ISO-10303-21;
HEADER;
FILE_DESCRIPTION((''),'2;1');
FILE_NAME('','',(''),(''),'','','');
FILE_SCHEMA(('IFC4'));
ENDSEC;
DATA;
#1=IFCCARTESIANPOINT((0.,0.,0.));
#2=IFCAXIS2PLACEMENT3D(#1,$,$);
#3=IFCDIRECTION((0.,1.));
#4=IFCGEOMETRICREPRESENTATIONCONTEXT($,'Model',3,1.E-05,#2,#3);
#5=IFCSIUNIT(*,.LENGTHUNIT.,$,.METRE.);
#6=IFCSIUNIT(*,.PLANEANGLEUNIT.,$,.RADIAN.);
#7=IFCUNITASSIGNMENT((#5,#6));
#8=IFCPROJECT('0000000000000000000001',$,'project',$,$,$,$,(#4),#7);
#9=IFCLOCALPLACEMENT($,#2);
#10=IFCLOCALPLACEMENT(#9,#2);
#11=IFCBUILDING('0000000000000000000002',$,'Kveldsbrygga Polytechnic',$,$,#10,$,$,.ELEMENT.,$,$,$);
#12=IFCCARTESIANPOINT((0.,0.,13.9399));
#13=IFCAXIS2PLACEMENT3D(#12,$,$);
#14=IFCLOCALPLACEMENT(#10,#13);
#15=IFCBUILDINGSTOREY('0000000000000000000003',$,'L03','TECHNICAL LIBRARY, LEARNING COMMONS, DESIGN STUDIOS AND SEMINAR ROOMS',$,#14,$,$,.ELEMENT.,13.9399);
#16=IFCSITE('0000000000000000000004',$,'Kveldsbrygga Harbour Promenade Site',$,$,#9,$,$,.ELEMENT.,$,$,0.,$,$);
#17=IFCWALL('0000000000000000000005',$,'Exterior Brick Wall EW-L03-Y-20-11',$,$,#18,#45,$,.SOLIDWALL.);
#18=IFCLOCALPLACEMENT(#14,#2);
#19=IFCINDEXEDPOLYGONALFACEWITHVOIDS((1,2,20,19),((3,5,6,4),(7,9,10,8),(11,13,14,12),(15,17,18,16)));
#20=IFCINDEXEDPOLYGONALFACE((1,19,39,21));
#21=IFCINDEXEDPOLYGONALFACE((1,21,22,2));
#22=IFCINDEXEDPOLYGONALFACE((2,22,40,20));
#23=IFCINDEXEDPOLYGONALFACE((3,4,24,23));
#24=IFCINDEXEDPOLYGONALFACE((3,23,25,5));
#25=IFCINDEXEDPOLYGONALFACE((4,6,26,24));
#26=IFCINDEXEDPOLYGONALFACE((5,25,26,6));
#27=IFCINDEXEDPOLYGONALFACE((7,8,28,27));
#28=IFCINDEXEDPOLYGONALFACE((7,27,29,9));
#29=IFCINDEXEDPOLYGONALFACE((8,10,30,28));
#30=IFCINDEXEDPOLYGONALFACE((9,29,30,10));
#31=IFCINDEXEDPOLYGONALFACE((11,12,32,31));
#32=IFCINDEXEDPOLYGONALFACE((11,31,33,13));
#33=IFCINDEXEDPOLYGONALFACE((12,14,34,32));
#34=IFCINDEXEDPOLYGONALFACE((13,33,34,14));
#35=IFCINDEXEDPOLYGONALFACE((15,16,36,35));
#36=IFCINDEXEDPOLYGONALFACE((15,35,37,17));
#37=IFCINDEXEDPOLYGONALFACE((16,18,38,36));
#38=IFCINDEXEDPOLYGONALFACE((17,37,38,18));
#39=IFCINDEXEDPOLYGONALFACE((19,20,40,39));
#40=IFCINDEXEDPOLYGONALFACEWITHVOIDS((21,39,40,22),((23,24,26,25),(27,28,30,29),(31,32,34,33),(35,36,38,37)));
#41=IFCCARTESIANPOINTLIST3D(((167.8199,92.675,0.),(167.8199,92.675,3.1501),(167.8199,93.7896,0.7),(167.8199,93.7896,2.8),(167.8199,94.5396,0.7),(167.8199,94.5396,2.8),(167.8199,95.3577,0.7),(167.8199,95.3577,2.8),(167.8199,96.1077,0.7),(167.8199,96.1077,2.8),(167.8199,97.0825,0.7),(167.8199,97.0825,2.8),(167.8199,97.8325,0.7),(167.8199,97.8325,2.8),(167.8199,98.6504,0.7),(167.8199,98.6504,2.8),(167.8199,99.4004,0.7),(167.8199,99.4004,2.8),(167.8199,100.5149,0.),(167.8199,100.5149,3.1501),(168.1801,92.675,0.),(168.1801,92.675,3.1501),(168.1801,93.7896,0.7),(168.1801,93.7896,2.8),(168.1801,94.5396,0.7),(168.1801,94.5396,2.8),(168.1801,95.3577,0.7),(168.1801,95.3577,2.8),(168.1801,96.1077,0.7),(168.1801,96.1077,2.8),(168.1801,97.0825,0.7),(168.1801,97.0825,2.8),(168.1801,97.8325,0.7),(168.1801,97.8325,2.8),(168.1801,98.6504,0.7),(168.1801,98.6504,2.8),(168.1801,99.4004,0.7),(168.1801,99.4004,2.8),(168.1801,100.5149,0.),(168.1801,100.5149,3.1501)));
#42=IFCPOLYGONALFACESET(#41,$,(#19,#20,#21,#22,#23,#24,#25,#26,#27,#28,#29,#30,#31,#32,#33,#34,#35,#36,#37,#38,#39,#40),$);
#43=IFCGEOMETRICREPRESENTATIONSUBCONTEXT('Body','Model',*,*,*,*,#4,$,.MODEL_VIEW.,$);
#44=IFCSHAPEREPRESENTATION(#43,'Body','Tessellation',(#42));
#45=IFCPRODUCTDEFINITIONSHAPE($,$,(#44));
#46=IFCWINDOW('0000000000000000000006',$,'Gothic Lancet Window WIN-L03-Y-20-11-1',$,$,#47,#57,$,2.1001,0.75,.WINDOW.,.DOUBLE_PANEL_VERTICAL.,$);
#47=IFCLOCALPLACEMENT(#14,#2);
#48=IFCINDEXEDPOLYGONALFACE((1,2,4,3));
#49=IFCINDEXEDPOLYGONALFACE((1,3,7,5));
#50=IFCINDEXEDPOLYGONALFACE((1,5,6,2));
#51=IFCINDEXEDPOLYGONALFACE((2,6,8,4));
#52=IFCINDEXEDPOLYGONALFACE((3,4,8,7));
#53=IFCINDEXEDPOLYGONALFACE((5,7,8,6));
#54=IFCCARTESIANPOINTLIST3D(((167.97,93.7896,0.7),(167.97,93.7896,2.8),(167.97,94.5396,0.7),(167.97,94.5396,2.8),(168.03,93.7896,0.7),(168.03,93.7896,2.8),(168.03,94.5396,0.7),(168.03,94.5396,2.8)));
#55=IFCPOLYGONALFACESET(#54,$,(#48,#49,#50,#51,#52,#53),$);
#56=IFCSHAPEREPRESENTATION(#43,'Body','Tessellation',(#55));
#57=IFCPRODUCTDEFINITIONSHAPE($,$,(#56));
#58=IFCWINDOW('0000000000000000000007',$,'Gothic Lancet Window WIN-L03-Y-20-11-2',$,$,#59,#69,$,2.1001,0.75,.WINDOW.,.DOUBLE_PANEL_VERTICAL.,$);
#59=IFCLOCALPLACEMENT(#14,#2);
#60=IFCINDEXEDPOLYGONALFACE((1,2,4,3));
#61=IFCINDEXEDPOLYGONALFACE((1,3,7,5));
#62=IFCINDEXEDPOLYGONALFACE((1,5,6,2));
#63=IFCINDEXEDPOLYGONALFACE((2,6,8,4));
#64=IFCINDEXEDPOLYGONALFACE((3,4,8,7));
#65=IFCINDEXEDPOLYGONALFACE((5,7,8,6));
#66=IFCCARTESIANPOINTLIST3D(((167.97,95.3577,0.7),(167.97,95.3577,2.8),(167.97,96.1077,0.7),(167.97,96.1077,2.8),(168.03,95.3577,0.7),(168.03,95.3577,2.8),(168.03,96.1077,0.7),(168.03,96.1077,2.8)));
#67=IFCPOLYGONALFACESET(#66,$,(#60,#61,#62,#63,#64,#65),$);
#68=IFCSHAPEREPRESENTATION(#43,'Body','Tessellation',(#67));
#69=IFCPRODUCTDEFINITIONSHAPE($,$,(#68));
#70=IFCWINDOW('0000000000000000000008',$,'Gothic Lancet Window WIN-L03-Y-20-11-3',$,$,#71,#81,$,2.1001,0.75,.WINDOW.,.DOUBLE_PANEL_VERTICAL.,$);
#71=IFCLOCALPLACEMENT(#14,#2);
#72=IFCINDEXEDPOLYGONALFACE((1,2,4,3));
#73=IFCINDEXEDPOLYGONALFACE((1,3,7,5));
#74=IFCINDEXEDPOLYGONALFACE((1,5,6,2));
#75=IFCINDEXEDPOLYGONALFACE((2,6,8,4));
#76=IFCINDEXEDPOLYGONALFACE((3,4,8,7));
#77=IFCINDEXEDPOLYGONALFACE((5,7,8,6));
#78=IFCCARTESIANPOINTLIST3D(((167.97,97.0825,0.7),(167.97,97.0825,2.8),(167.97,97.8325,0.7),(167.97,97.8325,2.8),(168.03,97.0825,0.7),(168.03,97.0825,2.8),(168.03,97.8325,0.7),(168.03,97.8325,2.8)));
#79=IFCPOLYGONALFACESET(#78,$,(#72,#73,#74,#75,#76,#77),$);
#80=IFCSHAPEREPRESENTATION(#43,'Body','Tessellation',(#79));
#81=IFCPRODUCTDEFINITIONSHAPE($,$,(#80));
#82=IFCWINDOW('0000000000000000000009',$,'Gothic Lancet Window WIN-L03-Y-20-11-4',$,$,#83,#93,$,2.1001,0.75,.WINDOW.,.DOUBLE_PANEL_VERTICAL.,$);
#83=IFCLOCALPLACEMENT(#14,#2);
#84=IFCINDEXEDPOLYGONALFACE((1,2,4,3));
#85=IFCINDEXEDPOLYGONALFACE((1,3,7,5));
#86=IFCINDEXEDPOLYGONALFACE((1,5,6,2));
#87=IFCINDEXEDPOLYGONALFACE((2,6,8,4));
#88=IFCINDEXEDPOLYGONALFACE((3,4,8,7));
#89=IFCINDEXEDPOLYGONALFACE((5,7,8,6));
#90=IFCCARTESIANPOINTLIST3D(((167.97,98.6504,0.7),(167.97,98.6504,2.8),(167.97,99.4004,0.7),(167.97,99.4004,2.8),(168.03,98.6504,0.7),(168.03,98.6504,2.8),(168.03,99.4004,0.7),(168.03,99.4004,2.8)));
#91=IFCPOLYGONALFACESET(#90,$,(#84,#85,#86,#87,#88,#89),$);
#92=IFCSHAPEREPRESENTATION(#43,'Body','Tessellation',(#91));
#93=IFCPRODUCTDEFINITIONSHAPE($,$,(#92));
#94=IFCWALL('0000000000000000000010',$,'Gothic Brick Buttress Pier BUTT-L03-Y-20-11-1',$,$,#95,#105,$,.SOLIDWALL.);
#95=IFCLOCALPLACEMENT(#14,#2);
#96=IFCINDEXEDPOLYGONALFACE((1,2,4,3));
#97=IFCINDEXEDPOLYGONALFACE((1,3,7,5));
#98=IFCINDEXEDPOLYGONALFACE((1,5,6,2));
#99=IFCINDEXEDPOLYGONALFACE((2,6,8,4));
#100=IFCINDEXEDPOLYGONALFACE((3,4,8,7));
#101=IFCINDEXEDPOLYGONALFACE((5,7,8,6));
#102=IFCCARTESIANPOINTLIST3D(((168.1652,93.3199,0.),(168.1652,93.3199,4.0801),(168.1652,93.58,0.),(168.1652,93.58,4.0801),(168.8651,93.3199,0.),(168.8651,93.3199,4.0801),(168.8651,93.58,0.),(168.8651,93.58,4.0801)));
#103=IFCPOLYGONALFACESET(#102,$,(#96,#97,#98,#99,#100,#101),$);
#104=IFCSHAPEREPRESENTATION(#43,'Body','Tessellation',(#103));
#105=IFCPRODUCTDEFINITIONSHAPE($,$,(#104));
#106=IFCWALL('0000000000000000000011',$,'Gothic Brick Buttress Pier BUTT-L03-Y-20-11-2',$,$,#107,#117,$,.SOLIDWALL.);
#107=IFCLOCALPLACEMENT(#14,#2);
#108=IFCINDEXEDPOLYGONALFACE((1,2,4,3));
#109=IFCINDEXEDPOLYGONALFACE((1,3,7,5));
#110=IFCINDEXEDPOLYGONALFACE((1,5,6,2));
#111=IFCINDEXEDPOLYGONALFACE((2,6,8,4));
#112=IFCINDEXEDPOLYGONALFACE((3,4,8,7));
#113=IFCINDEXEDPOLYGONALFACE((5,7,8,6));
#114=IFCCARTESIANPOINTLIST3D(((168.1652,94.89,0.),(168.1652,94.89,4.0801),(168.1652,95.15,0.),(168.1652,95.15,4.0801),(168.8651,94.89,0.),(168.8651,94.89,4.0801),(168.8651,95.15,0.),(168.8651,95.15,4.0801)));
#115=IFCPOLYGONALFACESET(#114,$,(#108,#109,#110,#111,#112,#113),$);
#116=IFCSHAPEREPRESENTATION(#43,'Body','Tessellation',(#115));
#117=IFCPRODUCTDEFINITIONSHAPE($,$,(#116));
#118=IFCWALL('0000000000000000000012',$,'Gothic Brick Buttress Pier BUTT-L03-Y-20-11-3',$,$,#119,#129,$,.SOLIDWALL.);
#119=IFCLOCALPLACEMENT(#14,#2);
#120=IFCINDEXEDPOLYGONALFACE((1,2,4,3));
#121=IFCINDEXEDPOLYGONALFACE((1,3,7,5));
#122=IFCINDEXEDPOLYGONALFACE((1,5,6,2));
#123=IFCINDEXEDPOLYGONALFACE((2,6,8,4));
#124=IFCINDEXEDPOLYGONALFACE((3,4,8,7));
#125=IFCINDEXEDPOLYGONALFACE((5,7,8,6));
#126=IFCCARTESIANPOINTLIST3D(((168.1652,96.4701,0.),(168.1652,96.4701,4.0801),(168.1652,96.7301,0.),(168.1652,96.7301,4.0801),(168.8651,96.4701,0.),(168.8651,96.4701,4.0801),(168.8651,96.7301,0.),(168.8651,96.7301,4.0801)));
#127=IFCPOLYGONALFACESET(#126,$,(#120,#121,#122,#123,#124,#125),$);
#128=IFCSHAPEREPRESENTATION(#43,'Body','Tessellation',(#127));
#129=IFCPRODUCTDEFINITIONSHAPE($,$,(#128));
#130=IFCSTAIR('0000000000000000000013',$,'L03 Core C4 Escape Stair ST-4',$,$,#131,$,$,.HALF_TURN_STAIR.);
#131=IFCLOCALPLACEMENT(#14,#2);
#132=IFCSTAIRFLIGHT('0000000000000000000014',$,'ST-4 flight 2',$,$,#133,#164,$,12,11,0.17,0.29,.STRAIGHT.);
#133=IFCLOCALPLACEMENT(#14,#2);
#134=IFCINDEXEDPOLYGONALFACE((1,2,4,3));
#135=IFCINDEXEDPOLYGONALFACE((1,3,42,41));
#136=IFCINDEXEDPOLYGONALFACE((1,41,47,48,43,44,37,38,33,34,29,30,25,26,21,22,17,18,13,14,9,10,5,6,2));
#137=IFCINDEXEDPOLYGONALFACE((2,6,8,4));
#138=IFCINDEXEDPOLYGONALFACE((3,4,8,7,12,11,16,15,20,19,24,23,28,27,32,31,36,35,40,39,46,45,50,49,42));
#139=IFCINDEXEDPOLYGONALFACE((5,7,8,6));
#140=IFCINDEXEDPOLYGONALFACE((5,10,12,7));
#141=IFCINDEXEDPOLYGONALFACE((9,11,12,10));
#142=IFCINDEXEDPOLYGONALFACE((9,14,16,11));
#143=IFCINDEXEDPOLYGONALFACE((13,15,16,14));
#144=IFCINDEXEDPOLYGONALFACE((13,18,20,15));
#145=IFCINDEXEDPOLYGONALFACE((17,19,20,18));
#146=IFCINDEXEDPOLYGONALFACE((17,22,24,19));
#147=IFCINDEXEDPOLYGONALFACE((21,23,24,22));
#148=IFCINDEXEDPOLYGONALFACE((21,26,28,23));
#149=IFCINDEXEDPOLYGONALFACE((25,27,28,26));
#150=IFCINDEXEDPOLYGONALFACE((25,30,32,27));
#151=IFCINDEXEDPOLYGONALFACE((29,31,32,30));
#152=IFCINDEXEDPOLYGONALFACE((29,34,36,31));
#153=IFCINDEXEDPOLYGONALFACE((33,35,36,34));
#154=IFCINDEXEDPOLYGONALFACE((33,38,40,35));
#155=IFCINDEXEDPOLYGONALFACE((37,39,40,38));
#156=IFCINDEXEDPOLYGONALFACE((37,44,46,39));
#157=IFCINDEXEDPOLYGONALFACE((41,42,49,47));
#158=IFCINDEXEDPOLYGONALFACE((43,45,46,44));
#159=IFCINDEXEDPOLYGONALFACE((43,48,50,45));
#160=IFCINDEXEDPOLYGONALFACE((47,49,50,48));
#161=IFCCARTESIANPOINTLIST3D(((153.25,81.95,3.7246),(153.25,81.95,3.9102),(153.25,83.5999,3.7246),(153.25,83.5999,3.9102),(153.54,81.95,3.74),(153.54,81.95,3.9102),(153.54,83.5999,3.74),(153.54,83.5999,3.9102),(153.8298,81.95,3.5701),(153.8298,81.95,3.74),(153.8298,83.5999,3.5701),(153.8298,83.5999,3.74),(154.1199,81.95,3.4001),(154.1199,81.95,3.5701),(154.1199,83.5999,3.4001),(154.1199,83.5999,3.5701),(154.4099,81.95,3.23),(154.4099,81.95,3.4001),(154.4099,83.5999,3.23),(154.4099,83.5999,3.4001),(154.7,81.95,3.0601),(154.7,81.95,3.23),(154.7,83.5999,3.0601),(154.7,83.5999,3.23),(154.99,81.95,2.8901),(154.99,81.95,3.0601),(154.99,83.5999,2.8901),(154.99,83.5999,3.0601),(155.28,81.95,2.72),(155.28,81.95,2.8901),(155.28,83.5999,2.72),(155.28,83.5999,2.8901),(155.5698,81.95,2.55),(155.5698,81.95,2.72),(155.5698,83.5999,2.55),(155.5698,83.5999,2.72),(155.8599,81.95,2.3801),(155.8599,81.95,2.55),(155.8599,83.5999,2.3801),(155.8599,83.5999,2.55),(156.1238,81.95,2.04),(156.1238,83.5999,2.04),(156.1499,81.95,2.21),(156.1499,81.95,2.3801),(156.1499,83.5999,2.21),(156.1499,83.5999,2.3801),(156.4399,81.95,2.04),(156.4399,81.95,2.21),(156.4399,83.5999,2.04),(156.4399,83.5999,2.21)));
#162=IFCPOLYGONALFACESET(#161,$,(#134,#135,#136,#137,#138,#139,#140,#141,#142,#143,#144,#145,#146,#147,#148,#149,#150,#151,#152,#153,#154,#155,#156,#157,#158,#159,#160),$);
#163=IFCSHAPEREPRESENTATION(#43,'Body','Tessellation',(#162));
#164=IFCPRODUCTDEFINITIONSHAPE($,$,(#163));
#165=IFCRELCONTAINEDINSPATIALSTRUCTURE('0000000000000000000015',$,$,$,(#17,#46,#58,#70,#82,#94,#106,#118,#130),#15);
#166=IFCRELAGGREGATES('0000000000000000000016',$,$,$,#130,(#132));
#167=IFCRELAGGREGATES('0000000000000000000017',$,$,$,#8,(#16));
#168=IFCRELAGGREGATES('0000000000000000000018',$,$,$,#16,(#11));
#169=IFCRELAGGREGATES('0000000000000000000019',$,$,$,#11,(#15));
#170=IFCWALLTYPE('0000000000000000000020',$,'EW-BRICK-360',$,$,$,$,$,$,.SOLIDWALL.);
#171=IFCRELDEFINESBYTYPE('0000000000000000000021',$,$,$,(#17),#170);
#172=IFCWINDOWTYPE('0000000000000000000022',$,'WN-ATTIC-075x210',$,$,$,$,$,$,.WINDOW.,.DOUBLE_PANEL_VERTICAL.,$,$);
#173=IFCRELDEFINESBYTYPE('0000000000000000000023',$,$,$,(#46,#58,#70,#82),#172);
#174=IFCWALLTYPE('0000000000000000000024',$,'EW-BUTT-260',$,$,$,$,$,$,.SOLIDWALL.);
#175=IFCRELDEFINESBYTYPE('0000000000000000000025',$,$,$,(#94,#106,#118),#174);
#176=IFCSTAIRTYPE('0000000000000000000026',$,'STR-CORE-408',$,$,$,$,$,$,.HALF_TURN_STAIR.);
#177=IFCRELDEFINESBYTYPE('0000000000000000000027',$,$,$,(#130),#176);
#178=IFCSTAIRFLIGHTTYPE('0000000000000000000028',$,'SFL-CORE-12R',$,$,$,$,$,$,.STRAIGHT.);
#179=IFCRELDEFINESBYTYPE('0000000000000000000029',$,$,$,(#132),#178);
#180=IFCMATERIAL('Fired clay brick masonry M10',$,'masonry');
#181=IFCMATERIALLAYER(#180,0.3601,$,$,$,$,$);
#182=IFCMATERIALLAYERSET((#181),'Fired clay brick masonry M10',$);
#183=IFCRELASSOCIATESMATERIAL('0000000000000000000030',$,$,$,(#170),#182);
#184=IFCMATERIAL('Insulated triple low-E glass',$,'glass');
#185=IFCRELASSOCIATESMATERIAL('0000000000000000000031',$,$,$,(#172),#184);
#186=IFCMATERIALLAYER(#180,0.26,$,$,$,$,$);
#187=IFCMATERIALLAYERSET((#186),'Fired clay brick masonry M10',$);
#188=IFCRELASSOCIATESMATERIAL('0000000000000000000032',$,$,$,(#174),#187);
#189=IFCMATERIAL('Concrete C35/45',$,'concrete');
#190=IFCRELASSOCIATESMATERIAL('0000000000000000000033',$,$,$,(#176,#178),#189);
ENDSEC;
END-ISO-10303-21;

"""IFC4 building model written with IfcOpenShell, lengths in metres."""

from ifc_helpers import new_model, si_unit, direction, frame, frame_2d, origin, place, context, subcontext, project, spatial, polyline, rectangle, outline, extrude, material, layer, layer_set, type_object, element, fill, aggregate, save


model = new_model("IFC4")

# Units and contexts
model_context = context("Model", 3, precision=1e-05, world=origin(), true_north=direction((0.0, 1.0)))
body_context = subcontext(model_context, "Body", "Model", "MODEL_VIEW")
ifc_project = project(units=[si_unit("LENGTHUNIT", "METRE"), si_unit("PLANEANGLEUNIT", "RADIAN")], contexts=[model_context])

# Site, building, storey
site_placement = place(None, origin())
site = spatial("IfcSite", under=ifc_project, at=site_placement, Name="Kveldsbrygga Harbour Promenade Site", CompositionType="ELEMENT", RefElevation=0.0)
building_placement = place(site_placement, origin())
building = spatial("IfcBuilding", under=site, at=building_placement, Name="Kveldsbrygga Polytechnic", CompositionType="ELEMENT")
storey_placement = place(building_placement, frame((0.0, 0.0, 13.9399)))
storey = spatial("IfcBuildingStorey", under=building, at=storey_placement, Name="L03", Description="TECHNICAL LIBRARY, LEARNING COMMONS, DESIGN STUDIOS AND SEMINAR ROOMS", CompositionType="ELEMENT", Elevation=13.9399)

# Shared definitions
ifc_material_1 = material(Name="Concrete C35/45", Category="concrete")

# Wall, openings, windows
ifc_material_2 = material(Name="Fired clay brick masonry M10", Category="masonry")
ifc_layer_1 = layer(ifc_material_2, 0.3601)
ifc_layer_set_1 = layer_set([ifc_layer_1], Name="Fired clay brick masonry M10")
wall_type_1 = type_object("IfcWallType", Name="EW-BRICK-360", PredefinedType="SOLIDWALL", material=ifc_layer_set_1)
ifc_material_3 = material(Name="Insulated triple low-E glass", Category="glass")
window_type = type_object("IfcWindowType", Name="WN-ATTIC-075x210", PartitioningType="DOUBLE_PANEL_VERTICAL", PredefinedType="WINDOW", material=ifc_material_3)
wall_1_placement = place(storey_placement, frame((168.0, 92.675, 0.0), z_axis=(0.0, 0.0, 1.0), x_axis=(0.0, 1.0, 0.0)))
wall_1 = element("IfcWall", 1, at=wall_1_placement, inside=storey, type_object=wall_type_1, Name="Exterior Brick Wall EW-L03-Y-20-11", PredefinedType="SOLIDWALL", context=body_context, shape_type="SweptSolid", body=[
    extrude(rectangle(XDim=7.8398, YDim=0.3601, at=frame_2d((3.9199, 0.0))), origin(), (0.0, 0.0, 1.0), 3.1501),
])
opening_1_placement = place(wall_1_placement, frame((1.1145, 0.0, 0.7)))
opening_1 = element("IfcOpeningElement", 2, at=opening_1_placement, cuts=wall_1, PredefinedType="OPENING", context=body_context, shape_type="SweptSolid", body=[
    extrude(rectangle(XDim=0.75, YDim=2.1001, at=frame_2d((0.375, 1.05))), frame((0.0, 0.1899, 0.0), z_axis=(0.0, -1.0, 0.0), x_axis=(1.0, 0.0, 0.0)), (0.0, 0.0, 1.0), 0.3801),
])
opening_2_placement = place(wall_1_placement, frame((2.6826, 0.0, 0.7)))
opening_2 = element("IfcOpeningElement", 3, at=opening_2_placement, cuts=wall_1, PredefinedType="OPENING", context=body_context, shape_type="SweptSolid", body=[
    extrude(rectangle(XDim=0.75, YDim=2.1001, at=frame_2d((0.375, 1.05))), frame((0.0, 0.1899, 0.0), z_axis=(0.0, -1.0, 0.0), x_axis=(1.0, 0.0, 0.0)), (0.0, 0.0, 1.0), 0.3801),
])
opening_3_placement = place(wall_1_placement, frame((4.4075, 0.0, 0.7)))
opening_3 = element("IfcOpeningElement", 4, at=opening_3_placement, cuts=wall_1, PredefinedType="OPENING", context=body_context, shape_type="SweptSolid", body=[
    extrude(rectangle(XDim=0.75, YDim=2.1001, at=frame_2d((0.375, 1.05))), frame((0.0, 0.1899, 0.0), z_axis=(0.0, -1.0, 0.0), x_axis=(1.0, 0.0, 0.0)), (0.0, 0.0, 1.0), 0.3801),
])
opening_4_placement = place(wall_1_placement, frame((5.9753, 0.0, 0.7)))
opening_4 = element("IfcOpeningElement", 5, at=opening_4_placement, cuts=wall_1, PredefinedType="OPENING", context=body_context, shape_type="SweptSolid", body=[
    extrude(rectangle(XDim=0.75, YDim=2.1001, at=frame_2d((0.375, 1.05))), frame((0.0, 0.1899, 0.0), z_axis=(0.0, -1.0, 0.0), x_axis=(1.0, 0.0, 0.0)), (0.0, 0.0, 1.0), 0.3801),
])
window_1_placement = place(opening_1_placement, origin())
window_1 = element("IfcWindow", 6, at=window_1_placement, inside=storey, type_object=window_type, Name="Gothic Lancet Window WIN-L03-Y-20-11-1", OverallHeight=2.1001, OverallWidth=0.75, PartitioningType="DOUBLE_PANEL_VERTICAL", PredefinedType="WINDOW", context=body_context, shape_type="SweptSolid", body=[
    extrude(rectangle(XDim=0.75, YDim=2.1001, at=frame_2d((0.375, 1.05))), frame((0.0, 0.03, 0.0), z_axis=(0.0, -1.0, 0.0), x_axis=(1.0, 0.0, 0.0)), (0.0, 0.0, 1.0), 0.0601),
])
fill(opening_1, window_1)
window_2_placement = place(opening_2_placement, origin())
window_2 = element("IfcWindow", 7, at=window_2_placement, inside=storey, type_object=window_type, Name="Gothic Lancet Window WIN-L03-Y-20-11-2", OverallHeight=2.1001, OverallWidth=0.75, PartitioningType="DOUBLE_PANEL_VERTICAL", PredefinedType="WINDOW", context=body_context, shape_type="SweptSolid", body=[
    extrude(rectangle(XDim=0.75, YDim=2.1001, at=frame_2d((0.375, 1.05))), frame((0.0, 0.03, 0.0), z_axis=(0.0, -1.0, 0.0), x_axis=(1.0, 0.0, 0.0)), (0.0, 0.0, 1.0), 0.0601),
])
fill(opening_2, window_2)
window_3_placement = place(opening_3_placement, origin())
window_3 = element("IfcWindow", 8, at=window_3_placement, inside=storey, type_object=window_type, Name="Gothic Lancet Window WIN-L03-Y-20-11-3", OverallHeight=2.1001, OverallWidth=0.75, PartitioningType="DOUBLE_PANEL_VERTICAL", PredefinedType="WINDOW", context=body_context, shape_type="SweptSolid", body=[
    extrude(rectangle(XDim=0.75, YDim=2.1001, at=frame_2d((0.375, 1.05))), frame((0.0, 0.03, 0.0), z_axis=(0.0, -1.0, 0.0), x_axis=(1.0, 0.0, 0.0)), (0.0, 0.0, 1.0), 0.0601),
])
fill(opening_3, window_3)
window_4_placement = place(opening_4_placement, origin())
window_4 = element("IfcWindow", 9, at=window_4_placement, inside=storey, type_object=window_type, Name="Gothic Lancet Window WIN-L03-Y-20-11-4", OverallHeight=2.1001, OverallWidth=0.75, PartitioningType="DOUBLE_PANEL_VERTICAL", PredefinedType="WINDOW", context=body_context, shape_type="SweptSolid", body=[
    extrude(rectangle(XDim=0.75, YDim=2.1001, at=frame_2d((0.375, 1.05))), frame((0.0, 0.03, 0.0), z_axis=(0.0, -1.0, 0.0), x_axis=(1.0, 0.0, 0.0)), (0.0, 0.0, 1.0), 0.0601),
])
fill(opening_4, window_4)

# Walls
ifc_layer_2 = layer(ifc_material_2, 0.26)
ifc_layer_set_2 = layer_set([ifc_layer_2], Name="Fired clay brick masonry M10")
wall_type_2 = type_object("IfcWallType", Name="EW-BUTT-260", PredefinedType="SOLIDWALL", material=ifc_layer_set_2)
for number, where, z_axis, x_axis, name in (
    (10, (168.165, 93.45, 0.0), (0.0, 0.0, 1.0), (1.0, 0.0, 0.0), "Gothic Brick Buttress Pier BUTT-L03-Y-20-11-1"),
    (11, (168.165, 95.02, 0.0), (0.0, 0.0, 1.0), (1.0, 0.0, 0.0), "Gothic Brick Buttress Pier BUTT-L03-Y-20-11-2"),
    (12, (168.165, 96.6001, 0.0), (0.0, 0.0, 1.0), (1.0, 0.0, 0.0), "Gothic Brick Buttress Pier BUTT-L03-Y-20-11-3"),
):
    element("IfcWall", number, at=place(storey_placement, frame(where, z_axis=z_axis, x_axis=x_axis)), inside=storey, type_object=wall_type_2, Name=name, PredefinedType="SOLIDWALL", context=body_context, shape_type="SweptSolid", body=[
        extrude(rectangle(XDim=0.7, YDim=0.26, at=frame_2d((0.3501, 0.0))), origin(), (0.0, 0.0, 1.0), 4.0801),
    ])

# Stair, stair flight
stair_type = type_object("IfcStairType", Name="STR-CORE-408", PredefinedType="HALF_TURN_STAIR", material=ifc_material_1)
stair_placement = place(storey_placement, origin())
stair = element("IfcStair", 13, at=stair_placement, inside=storey, type_object=stair_type, Name="L03 Core C4 Escape Stair ST-4", PredefinedType="HALF_TURN_STAIR")
stair_flight_type = type_object("IfcStairFlightType", Name="SFL-CORE-12R", PredefinedType="STRAIGHT", material=ifc_material_1)
stair_flight_placement = place(storey_placement, frame((156.4399, 82.7749, 2.04), z_axis=(0.0, 0.0, 1.0), x_axis=(-1.0, 0.0, 0.0)))
stair_flight = element("IfcStairFlight", 14, at=stair_flight_placement, type_object=stair_flight_type, Name="ST-4 flight 2", NumberOfRisers=12, NumberOfTreads=11, PredefinedType="STRAIGHT", RiserHeight=0.17, TreadLength=0.29, context=body_context, shape_type="SweptSolid", body=[
    extrude(outline(polyline([(0.0, 0.0), (0.0, 0.1699), (0.29, 0.1699), (0.29, 0.3401), (0.5801, 0.3401), (0.5801, 0.51), (0.8701, 0.51), (0.8701, 0.6799), (1.1599, 0.6799), (1.1599, 0.8501), (1.45, 0.8501), (1.45, 1.02), (1.74, 1.02), (1.74, 1.1899), (2.03, 1.1899), (2.03, 1.3601), (2.3201, 1.3601), (2.3201, 1.53), (2.6101, 1.53), (2.6101, 1.7), (2.8999, 1.7), (2.8999, 1.8701), (3.1899, 1.8701), (3.1899, 2.04), (3.1899, 1.6846), (0.3162, 0.0), (0.0, 0.0)])), frame((0.0, 0.825, 0.0), z_axis=(0.0, -1.0, 0.0), x_axis=(1.0, 0.0, 0.0)), (0.0, 0.0, 1.0), 1.6499),
])
aggregate(stair, [stair_flight])

save(model, "model.ifc")
